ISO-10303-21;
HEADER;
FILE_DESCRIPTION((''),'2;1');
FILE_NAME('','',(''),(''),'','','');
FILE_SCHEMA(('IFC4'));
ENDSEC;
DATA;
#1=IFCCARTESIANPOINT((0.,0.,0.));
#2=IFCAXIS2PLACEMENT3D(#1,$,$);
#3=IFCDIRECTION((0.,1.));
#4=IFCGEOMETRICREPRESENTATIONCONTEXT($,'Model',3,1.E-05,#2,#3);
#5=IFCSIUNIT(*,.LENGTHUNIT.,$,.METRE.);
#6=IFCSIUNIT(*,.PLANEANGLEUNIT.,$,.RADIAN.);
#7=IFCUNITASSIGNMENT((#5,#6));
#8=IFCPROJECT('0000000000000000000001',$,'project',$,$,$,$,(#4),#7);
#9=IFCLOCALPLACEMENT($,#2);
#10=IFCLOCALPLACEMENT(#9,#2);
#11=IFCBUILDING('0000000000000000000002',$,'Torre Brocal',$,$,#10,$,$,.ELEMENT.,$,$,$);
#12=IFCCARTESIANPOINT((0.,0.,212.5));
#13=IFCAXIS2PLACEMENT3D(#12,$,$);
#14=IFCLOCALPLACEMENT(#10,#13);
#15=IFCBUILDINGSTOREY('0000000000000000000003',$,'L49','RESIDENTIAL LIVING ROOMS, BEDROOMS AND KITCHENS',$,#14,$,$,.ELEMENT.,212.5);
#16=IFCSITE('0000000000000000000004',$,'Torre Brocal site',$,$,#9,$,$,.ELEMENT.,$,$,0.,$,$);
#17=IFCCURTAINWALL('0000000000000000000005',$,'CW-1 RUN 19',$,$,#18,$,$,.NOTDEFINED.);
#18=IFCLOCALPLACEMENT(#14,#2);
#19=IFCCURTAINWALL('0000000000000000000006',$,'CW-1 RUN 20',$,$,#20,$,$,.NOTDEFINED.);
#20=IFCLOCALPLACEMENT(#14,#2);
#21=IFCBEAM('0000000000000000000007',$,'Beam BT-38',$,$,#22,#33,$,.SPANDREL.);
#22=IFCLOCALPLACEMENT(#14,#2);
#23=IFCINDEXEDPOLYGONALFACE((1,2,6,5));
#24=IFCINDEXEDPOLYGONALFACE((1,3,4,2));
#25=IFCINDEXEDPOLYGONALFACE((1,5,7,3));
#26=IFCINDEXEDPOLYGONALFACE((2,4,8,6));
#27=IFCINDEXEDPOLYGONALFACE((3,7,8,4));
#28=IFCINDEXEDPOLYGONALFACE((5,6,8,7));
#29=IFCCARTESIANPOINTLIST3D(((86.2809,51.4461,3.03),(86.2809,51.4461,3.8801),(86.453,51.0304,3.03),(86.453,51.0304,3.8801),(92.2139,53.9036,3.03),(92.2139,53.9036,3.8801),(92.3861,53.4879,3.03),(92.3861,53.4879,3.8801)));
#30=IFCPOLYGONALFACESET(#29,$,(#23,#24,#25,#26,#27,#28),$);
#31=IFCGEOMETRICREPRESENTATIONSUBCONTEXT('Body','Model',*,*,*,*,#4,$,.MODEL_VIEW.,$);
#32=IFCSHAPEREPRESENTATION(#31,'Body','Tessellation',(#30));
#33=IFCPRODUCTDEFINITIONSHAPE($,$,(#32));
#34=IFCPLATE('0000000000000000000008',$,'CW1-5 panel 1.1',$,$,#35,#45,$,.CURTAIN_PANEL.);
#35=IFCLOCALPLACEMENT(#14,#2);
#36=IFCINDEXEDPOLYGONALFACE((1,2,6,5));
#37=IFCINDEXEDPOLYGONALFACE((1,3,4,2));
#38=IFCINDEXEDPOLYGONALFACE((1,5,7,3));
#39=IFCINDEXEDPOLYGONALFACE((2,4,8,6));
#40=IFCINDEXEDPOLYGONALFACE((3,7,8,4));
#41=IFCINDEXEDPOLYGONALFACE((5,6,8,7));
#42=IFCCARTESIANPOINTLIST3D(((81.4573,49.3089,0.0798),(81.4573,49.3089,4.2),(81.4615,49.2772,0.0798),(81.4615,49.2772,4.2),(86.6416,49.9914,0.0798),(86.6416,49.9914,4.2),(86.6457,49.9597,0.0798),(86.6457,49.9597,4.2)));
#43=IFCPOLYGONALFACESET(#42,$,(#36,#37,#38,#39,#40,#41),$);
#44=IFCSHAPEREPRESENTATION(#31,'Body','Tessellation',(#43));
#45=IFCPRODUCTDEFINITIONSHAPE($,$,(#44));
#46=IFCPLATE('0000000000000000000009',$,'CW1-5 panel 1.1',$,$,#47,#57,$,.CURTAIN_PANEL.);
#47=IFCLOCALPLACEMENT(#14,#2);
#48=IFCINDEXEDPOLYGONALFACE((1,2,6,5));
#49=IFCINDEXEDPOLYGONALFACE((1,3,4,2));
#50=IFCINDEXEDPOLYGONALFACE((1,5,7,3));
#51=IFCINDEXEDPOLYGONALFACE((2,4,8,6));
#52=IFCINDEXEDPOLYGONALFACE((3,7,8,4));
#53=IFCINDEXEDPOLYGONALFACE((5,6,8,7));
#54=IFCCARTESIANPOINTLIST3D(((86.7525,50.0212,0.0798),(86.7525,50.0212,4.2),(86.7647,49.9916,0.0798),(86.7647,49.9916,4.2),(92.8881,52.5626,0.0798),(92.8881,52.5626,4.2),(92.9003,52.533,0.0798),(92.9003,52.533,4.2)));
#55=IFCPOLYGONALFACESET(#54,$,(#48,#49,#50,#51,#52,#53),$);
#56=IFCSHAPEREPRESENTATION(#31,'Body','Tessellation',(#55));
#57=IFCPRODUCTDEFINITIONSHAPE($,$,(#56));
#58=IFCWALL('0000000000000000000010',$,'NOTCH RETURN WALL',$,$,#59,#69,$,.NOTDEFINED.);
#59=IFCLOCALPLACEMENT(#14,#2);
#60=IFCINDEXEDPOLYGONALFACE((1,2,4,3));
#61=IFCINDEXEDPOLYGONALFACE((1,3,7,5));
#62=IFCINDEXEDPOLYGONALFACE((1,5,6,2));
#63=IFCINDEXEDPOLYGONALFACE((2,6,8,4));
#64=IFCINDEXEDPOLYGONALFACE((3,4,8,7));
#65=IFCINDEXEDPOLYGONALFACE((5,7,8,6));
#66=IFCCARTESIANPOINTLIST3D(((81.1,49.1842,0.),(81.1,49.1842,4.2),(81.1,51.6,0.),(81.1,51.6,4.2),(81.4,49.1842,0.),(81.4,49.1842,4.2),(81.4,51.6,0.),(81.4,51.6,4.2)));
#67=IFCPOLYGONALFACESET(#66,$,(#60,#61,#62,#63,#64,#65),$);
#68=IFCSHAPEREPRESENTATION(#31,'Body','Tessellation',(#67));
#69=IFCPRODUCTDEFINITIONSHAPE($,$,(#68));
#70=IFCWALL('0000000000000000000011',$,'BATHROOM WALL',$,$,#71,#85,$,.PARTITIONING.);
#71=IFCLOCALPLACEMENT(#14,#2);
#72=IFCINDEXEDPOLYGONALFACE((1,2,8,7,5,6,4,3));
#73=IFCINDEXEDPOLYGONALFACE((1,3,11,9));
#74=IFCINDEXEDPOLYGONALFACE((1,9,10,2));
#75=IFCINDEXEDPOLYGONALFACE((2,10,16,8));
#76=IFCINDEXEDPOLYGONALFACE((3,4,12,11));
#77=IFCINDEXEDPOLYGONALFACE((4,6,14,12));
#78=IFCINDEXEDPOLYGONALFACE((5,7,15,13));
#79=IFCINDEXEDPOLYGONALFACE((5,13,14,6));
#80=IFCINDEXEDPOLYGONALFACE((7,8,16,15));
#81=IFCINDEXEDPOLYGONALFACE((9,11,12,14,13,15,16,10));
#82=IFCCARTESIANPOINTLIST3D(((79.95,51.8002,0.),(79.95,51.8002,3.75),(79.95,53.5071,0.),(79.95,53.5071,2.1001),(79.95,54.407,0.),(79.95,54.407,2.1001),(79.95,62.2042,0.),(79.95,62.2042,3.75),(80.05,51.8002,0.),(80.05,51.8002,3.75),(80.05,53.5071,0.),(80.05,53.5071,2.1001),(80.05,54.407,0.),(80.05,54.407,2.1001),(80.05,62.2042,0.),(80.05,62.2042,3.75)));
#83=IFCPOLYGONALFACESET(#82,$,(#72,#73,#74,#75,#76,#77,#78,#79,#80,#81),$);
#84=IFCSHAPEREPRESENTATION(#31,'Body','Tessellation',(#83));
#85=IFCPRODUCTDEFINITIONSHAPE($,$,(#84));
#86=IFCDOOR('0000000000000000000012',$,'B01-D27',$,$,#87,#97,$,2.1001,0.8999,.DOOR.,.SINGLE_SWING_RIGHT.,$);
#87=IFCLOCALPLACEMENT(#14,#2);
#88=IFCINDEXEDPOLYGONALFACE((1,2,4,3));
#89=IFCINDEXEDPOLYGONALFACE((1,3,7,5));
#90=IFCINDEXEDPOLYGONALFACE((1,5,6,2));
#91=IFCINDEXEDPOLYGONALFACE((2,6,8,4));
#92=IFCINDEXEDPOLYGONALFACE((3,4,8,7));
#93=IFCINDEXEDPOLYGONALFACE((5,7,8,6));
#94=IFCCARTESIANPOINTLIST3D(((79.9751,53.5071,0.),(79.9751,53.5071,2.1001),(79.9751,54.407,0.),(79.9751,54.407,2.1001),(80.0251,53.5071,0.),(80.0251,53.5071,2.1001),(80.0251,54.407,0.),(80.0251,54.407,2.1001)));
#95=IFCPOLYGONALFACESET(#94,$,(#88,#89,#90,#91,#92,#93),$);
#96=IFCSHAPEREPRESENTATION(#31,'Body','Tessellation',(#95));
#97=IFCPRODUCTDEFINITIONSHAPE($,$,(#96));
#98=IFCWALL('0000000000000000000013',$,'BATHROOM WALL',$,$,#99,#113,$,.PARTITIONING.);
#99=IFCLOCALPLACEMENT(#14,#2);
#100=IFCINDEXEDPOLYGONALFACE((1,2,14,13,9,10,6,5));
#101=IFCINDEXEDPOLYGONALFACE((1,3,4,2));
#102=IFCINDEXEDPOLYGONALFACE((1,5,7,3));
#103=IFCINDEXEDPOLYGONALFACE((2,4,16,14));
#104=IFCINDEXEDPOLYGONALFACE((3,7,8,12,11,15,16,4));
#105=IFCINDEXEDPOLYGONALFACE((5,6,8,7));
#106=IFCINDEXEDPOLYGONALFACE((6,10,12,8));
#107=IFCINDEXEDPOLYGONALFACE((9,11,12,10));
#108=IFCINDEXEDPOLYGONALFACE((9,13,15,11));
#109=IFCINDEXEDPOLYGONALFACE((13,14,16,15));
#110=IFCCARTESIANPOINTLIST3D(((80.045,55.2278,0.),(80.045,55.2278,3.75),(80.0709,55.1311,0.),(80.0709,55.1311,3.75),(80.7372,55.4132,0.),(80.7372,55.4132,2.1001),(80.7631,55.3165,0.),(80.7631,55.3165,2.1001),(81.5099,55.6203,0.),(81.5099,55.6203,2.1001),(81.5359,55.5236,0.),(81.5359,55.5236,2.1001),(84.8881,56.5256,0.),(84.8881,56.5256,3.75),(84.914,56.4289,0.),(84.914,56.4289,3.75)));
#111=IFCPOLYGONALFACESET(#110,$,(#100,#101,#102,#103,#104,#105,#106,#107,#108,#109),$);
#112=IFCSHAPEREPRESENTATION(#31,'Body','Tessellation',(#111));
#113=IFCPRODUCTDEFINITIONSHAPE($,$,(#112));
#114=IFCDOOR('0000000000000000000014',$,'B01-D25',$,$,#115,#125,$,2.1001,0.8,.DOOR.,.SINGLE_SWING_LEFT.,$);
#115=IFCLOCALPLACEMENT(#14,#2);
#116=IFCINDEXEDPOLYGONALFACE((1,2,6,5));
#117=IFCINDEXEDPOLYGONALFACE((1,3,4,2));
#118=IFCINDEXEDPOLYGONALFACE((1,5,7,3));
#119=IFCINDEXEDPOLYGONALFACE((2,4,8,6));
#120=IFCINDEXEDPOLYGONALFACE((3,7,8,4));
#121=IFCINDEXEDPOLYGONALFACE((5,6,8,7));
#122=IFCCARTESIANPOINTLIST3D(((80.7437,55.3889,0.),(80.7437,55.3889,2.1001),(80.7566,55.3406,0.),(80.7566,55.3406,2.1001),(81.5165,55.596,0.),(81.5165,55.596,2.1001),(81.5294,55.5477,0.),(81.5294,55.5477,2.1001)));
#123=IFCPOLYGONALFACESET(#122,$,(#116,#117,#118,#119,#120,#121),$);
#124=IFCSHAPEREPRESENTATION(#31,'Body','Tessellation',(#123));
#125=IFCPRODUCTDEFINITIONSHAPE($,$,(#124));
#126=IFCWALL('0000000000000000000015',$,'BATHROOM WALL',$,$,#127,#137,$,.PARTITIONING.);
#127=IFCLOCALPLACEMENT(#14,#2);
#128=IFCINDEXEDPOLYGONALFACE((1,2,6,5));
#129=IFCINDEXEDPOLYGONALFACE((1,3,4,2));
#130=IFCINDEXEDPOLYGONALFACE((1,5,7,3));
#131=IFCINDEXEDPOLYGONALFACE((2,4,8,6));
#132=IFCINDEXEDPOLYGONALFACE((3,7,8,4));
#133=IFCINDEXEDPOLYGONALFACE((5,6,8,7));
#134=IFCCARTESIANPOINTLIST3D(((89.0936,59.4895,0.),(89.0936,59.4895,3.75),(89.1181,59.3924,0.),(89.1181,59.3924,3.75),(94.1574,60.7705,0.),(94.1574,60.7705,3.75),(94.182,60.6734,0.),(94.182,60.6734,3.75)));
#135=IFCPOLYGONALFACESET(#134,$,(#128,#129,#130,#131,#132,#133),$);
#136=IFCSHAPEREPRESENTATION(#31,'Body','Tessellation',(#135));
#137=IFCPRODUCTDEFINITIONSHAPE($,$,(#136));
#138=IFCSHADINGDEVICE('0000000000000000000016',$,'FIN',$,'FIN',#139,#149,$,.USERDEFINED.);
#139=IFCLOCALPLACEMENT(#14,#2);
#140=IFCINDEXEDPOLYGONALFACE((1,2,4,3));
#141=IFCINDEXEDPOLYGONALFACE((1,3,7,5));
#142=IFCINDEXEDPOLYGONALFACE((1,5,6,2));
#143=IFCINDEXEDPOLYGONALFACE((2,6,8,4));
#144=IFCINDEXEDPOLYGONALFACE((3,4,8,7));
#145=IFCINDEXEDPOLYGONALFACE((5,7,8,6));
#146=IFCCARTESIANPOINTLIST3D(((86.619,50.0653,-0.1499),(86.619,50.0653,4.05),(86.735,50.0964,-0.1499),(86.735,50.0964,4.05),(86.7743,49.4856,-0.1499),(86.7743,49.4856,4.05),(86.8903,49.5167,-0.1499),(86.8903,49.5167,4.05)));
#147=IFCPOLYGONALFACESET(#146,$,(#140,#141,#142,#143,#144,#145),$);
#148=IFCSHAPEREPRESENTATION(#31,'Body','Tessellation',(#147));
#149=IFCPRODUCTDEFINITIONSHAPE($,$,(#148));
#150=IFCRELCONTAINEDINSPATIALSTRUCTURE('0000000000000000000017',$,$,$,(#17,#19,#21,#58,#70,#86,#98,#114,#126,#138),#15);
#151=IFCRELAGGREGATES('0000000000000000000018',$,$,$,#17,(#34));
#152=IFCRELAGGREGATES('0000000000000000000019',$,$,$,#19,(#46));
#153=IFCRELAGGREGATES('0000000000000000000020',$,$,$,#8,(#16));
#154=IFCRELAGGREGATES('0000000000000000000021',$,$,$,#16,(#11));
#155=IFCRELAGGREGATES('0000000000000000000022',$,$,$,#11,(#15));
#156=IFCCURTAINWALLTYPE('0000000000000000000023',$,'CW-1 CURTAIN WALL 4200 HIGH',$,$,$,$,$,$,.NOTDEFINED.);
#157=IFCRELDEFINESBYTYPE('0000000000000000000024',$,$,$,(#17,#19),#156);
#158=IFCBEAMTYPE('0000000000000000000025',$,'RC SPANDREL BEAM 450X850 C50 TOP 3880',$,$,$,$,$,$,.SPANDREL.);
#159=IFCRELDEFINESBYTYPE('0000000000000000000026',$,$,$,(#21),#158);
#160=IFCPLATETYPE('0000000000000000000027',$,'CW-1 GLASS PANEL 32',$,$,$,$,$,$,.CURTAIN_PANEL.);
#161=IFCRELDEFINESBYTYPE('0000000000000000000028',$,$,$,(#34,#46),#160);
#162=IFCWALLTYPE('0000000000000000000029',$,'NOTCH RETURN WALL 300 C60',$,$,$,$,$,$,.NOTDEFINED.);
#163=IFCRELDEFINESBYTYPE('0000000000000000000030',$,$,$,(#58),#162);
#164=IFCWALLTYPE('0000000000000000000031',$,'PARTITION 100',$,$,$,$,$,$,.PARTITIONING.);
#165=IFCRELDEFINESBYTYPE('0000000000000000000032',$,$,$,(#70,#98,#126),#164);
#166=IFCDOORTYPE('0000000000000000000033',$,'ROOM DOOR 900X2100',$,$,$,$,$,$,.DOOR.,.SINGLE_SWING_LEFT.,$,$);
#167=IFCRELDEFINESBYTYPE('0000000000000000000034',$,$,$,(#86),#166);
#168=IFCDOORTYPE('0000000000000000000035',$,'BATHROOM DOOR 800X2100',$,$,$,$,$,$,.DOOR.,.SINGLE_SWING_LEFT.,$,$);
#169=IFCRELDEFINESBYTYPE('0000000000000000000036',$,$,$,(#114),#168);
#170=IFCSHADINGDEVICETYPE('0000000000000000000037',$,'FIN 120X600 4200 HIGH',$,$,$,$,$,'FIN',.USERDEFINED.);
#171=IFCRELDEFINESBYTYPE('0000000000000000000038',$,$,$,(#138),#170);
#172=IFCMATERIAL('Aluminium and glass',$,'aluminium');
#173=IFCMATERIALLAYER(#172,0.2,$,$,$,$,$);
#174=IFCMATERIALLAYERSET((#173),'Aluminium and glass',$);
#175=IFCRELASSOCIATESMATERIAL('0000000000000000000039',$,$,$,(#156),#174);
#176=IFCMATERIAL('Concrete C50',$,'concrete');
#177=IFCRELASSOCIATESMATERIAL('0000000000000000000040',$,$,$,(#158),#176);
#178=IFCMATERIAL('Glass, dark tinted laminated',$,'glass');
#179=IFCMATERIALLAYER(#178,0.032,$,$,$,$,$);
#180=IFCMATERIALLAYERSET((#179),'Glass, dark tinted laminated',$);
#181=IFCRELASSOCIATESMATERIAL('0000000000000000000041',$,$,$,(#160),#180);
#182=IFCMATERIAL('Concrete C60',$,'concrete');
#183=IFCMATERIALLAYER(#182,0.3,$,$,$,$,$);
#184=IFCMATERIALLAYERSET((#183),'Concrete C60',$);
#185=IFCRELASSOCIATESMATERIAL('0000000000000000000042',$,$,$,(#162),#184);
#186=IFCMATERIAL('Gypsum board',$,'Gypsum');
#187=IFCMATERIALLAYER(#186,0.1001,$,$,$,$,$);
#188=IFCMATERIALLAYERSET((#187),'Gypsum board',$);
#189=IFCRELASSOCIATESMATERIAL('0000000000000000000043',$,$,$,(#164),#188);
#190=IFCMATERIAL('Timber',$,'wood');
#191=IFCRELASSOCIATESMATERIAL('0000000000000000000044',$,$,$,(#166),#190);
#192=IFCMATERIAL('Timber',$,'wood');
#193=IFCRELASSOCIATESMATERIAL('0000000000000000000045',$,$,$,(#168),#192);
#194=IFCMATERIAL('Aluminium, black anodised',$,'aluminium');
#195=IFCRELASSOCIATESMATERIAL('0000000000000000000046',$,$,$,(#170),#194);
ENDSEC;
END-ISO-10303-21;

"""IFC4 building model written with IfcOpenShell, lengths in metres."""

from ifc_helpers import new_model, si_unit, direction, frame, frame_2d, origin, origin_2d, place, context, subcontext, project, spatial, rectangle, extrude, material, layer, layer_set, material_profile, profile_set, type_object, element, fill, aggregate, save


model = new_model("IFC4")

# Units and contexts
model_context = context("Model", 3, precision=1e-05, world=origin(), true_north=direction((0.0, 1.0)))
body_context = subcontext(model_context, "Body", "Model", "MODEL_VIEW")
ifc_project = project(units=[si_unit("LENGTHUNIT", "METRE"), si_unit("PLANEANGLEUNIT", "RADIAN")], contexts=[model_context])

# Site, building, storey
site_placement = place(None, origin())
site = spatial("IfcSite", under=ifc_project, at=site_placement, Name="Torre Brocal site", CompositionType="ELEMENT", RefElevation=0.0)
building_placement = place(site_placement, origin())
building = spatial("IfcBuilding", under=site, at=building_placement, Name="Torre Brocal", CompositionType="ELEMENT")
storey_placement = place(building_placement, frame((0.0, 0.0, 212.5)))
storey = spatial("IfcBuildingStorey", under=building, at=storey_placement, Name="L49", Description="RESIDENTIAL LIVING ROOMS, BEDROOMS AND KITCHENS", CompositionType="ELEMENT", Elevation=212.5)

# Curtain wall
ifc_material_1 = material(Name="Aluminium and glass", Category="aluminium")
ifc_layer_1 = layer(ifc_material_1, 0.2)
ifc_layer_set_1 = layer_set([ifc_layer_1], Name="Aluminium and glass")
curtain_wall_type = type_object("IfcCurtainWallType", Name="CW-1 CURTAIN WALL 4200 HIGH", PredefinedType="NOTDEFINED", material=ifc_layer_set_1)
curtain_wall_1_placement = place(storey_placement, origin())
curtain_wall_1 = element("IfcCurtainWall", 1, at=curtain_wall_1_placement, inside=storey, type_object=curtain_wall_type, Name="CW-1 RUN 19", PredefinedType="NOTDEFINED")

# Curtain wall
curtain_wall_2_placement = place(storey_placement, origin())
curtain_wall_2 = element("IfcCurtainWall", 2, at=curtain_wall_2_placement, inside=storey, type_object=curtain_wall_type, Name="CW-1 RUN 20", PredefinedType="NOTDEFINED")

# Beam
ifc_material_2 = material(Name="Concrete C50", Category="concrete")
ifc_material_profile_1 = material_profile(ifc_material_2, rectangle(XDim=0.45, YDim=0.8501, at=origin_2d()), Name="RC 450X850")
ifc_profile_set_1 = profile_set([ifc_material_profile_1], Name="Concrete C50")
beam_type_1 = type_object("IfcBeamType", Name="RC SPANDREL BEAM 450X850 C50 TOP 3880", PredefinedType="SPANDREL", material=ifc_profile_set_1)
beam_1_placement = place(storey_placement, frame((86.3669, 51.2383, 3.4551), z_axis=(0.923882, 0.382676, 0.0), x_axis=(-0.382676, 0.923882, 0.0)))
element("IfcBeam", 3, at=beam_1_placement, inside=storey, type_object=beam_type_1, Name="Beam BT-38", PredefinedType="SPANDREL", context=body_context, shape_type="SweptSolid", body=[
    extrude(rectangle(XDim=0.45, YDim=0.8501, at=origin_2d()), origin(), (0.0, 0.0, 1.0), 6.4219),
])

# Plates
ifc_material_3 = material(Name="Glass, dark tinted laminated", Category="glass")
ifc_layer_2 = layer(ifc_material_3, 0.032)
ifc_layer_set_2 = layer_set([ifc_layer_2], Name="Glass, dark tinted laminated")
plate_type = type_object("IfcPlateType", Name="CW-1 GLASS PANEL 32", PredefinedType="CURTAIN_PANEL", material=ifc_layer_set_2)
plate_1_placement = place(storey_placement, frame((84.0515, 49.6343, 0.0798), z_axis=(0.0, 0.0, 1.0), x_axis=(0.991445, 0.130526, 0.0)))
plate_1 = element("IfcPlate", 4, at=plate_1_placement, type_object=plate_type, Name="CW1-5 panel 1.1", PredefinedType="CURTAIN_PANEL", context=body_context, shape_type="SweptSolid", body=[
    extrude(rectangle(XDim=5.229, YDim=0.032, at=origin_2d()), origin(), (0.0, 0.0, 1.0), 4.1201),
])
aggregate(curtain_wall_1, [plate_1])
plate_2_placement = place(storey_placement, frame((89.8264, 51.2771, 0.0798), z_axis=(0.0, 0.0, 1.0), x_axis=(0.92388, 0.382683, 0.0)))
plate_2 = element("IfcPlate", 5, at=plate_2_placement, type_object=plate_type, Name="CW1-5 panel 1.1", PredefinedType="CURTAIN_PANEL", context=body_context, shape_type="SweptSolid", body=[
    extrude(rectangle(XDim=6.6411, YDim=0.032, at=origin_2d()), origin(), (0.0, 0.0, 1.0), 4.1201),
])
aggregate(curtain_wall_2, [plate_2])

# Wall
ifc_material_4 = material(Name="Concrete C60", Category="concrete")
ifc_layer_3 = layer(ifc_material_4, 0.3)
ifc_layer_set_3 = layer_set([ifc_layer_3], Name="Concrete C60")
wall_type_1 = type_object("IfcWallType", Name="NOTCH RETURN WALL 300 C60", PredefinedType="NOTDEFINED", material=ifc_layer_set_3)
wall_1_placement = place(storey_placement, frame((81.25, 51.6001, 0.0), z_axis=(0.0, 0.0, 1.0), x_axis=(0.0, -1.0, 0.0)))
element("IfcWall", 6, at=wall_1_placement, inside=storey, type_object=wall_type_1, Name="NOTCH RETURN WALL", PredefinedType="NOTDEFINED", context=body_context, shape_type="SweptSolid", body=[
    extrude(rectangle(XDim=2.4158, YDim=0.3, at=frame_2d((1.208, 0.0))), origin(), (0.0, 0.0, 1.0), 4.2),
])

# Walls, openings, doors
ifc_material_5 = material(Name="Gypsum board", Category="Gypsum")
ifc_layer_4 = layer(ifc_material_5, 0.1001)
ifc_layer_set_4 = layer_set([ifc_layer_4], Name="Gypsum board")
wall_type_2 = type_object("IfcWallType", Name="PARTITION 100", PredefinedType="PARTITIONING", material=ifc_layer_set_4)
wall_2_placement = place(storey_placement, frame((80.0, 51.8, 0.0), z_axis=(0.0, 0.0, 1.0), x_axis=(0.0, 1.0, 0.0)))
wall_2 = element("IfcWall", 7, at=wall_2_placement, inside=storey, type_object=wall_type_2, Name="BATHROOM WALL", PredefinedType="PARTITIONING", context=body_context, shape_type="SweptSolid", body=[
    extrude(rectangle(XDim=10.4041, YDim=0.1001, at=frame_2d((5.2021, 0.0))), origin(), (0.0, 0.0, 1.0), 3.75),
])
opening_1_placement = place(wall_2_placement, frame((1.707, 0.0, 0.0)))
opening_1 = element("IfcOpeningElement", 8, at=opening_1_placement, cuts=wall_2, PredefinedType="OPENING", context=body_context, shape_type="SweptSolid", body=[
    extrude(rectangle(XDim=0.8999, YDim=2.1001, at=frame_2d((0.45, 1.05))), frame((0.0, 0.0601, 0.0), z_axis=(0.0, -1.0, 0.0), x_axis=(1.0, 0.0, 0.0)), (0.0, 0.0, 1.0), 0.1201),
])
ifc_material_6 = material(Name="Timber", Category="wood")
door_type_1 = type_object("IfcDoorType", Name="ROOM DOOR 900X2100", OperationType="SINGLE_SWING_LEFT", PredefinedType="DOOR", material=ifc_material_6)
door_1_placement = place(opening_1_placement, origin())
door_1 = element("IfcDoor", 9, at=door_1_placement, inside=storey, type_object=door_type_1, Name="B01-D27", OperationType="SINGLE_SWING_RIGHT", OverallHeight=2.1001, OverallWidth=0.8999, PredefinedType="DOOR", context=body_context, shape_type="SweptSolid", body=[
    extrude(rectangle(XDim=0.8999, YDim=2.1001, at=frame_2d((0.45, 1.05))), frame((0.0, 0.0249, 0.0), z_axis=(0.0, -1.0, 0.0), x_axis=(1.0, 0.0, 0.0)), (0.0, 0.0, 1.0), 0.05),
])
fill(opening_1, door_1)
wall_3_placement = place(storey_placement, frame((80.0581, 55.1794, 0.0), z_axis=(0.0, 0.0, 1.0), x_axis=(0.965917, 0.25885, 0.0)))
wall_3 = element("IfcWall", 10, at=wall_3_placement, inside=storey, type_object=wall_type_2, Name="BATHROOM WALL", PredefinedType="PARTITIONING", context=body_context, shape_type="SweptSolid", body=[
    extrude(rectangle(XDim=5.0139, YDim=0.1001, at=frame_2d((2.5068, 0.0))), origin(), (0.0, 0.0, 1.0), 3.75),
])
opening_2_placement = place(wall_3_placement, frame((0.7166, 0.0, 0.0)))
opening_2 = element("IfcOpeningElement", 11, at=opening_2_placement, cuts=wall_3, PredefinedType="OPENING", context=body_context, shape_type="SweptSolid", body=[
    extrude(rectangle(XDim=0.8, YDim=2.1001, at=frame_2d((0.3999, 1.05))), frame((0.0, 0.0601, 0.0), z_axis=(0.0, -1.0, 0.0), x_axis=(1.0, 0.0, 0.0)), (0.0, 0.0, 1.0), 0.1201),
])
ifc_material_7 = material(Name="Timber", Category="wood")
door_type_2 = type_object("IfcDoorType", Name="BATHROOM DOOR 800X2100", OperationType="SINGLE_SWING_LEFT", PredefinedType="DOOR", material=ifc_material_7)
door_2_placement = place(opening_2_placement, origin())
door_2 = element("IfcDoor", 12, at=door_2_placement, inside=storey, type_object=door_type_2, Name="B01-D25", OperationType="SINGLE_SWING_LEFT", OverallHeight=2.1001, OverallWidth=0.8, PredefinedType="DOOR", context=body_context, shape_type="SweptSolid", body=[
    extrude(rectangle(XDim=0.8, YDim=2.1001, at=frame_2d((0.3999, 1.05))), frame((0.0, 0.0249, 0.0), z_axis=(0.0, -1.0, 0.0), x_axis=(1.0, 0.0, 0.0)), (0.0, 0.0, 1.0), 0.05),
])
fill(opening_2, door_2)

# Wall
wall_4_placement = place(storey_placement, frame((89.1057, 59.4409, 0.0), z_axis=(0.0, 0.0, 1.0), x_axis=(0.969462, 0.24524, 0.0)))
element("IfcWall", 13, at=wall_4_placement, inside=storey, type_object=wall_type_2, Name="BATHROOM WALL", PredefinedType="PARTITIONING", context=body_context, shape_type="SweptSolid", body=[
    extrude(rectangle(XDim=5.2234, YDim=0.1001, at=frame_2d((2.6118, 0.0))), origin(), (0.0, 0.0, 1.0), 3.75),
])

# Shading device
ifc_material_8 = material(Name="Aluminium, black anodised", Category="aluminium")
ifc_material_profile_2 = material_profile(ifc_material_8, rectangle(XDim=0.1201, YDim=0.6001, at=origin_2d()), Name="FIN 120X600 4200 HIGH")
ifc_profile_set_2 = profile_set([ifc_material_profile_2], Name="Aluminium, black anodised")
shading_device_type = type_object("IfcShadingDeviceType", Name="FIN 120X600 4200 HIGH", ElementType="FIN", PredefinedType="USERDEFINED", material=ifc_profile_set_2)
shading_device_placement = place(storey_placement, frame((86.7546, 49.791, -0.1499), z_axis=(0.0, 0.0, 1.0), x_axis=(0.965926, 0.258819, 0.0)))
element("IfcShadingDevice", 14, at=shading_device_placement, inside=storey, type_object=shading_device_type, Name="FIN", ObjectType="FIN", PredefinedType="USERDEFINED", context=body_context, shape_type="SweptSolid", body=[
    extrude(rectangle(XDim=0.1201, YDim=0.6001, at=origin_2d()), origin(), (0.0, 0.0, 1.0), 4.2),
])

save(model, "model.ifc")
